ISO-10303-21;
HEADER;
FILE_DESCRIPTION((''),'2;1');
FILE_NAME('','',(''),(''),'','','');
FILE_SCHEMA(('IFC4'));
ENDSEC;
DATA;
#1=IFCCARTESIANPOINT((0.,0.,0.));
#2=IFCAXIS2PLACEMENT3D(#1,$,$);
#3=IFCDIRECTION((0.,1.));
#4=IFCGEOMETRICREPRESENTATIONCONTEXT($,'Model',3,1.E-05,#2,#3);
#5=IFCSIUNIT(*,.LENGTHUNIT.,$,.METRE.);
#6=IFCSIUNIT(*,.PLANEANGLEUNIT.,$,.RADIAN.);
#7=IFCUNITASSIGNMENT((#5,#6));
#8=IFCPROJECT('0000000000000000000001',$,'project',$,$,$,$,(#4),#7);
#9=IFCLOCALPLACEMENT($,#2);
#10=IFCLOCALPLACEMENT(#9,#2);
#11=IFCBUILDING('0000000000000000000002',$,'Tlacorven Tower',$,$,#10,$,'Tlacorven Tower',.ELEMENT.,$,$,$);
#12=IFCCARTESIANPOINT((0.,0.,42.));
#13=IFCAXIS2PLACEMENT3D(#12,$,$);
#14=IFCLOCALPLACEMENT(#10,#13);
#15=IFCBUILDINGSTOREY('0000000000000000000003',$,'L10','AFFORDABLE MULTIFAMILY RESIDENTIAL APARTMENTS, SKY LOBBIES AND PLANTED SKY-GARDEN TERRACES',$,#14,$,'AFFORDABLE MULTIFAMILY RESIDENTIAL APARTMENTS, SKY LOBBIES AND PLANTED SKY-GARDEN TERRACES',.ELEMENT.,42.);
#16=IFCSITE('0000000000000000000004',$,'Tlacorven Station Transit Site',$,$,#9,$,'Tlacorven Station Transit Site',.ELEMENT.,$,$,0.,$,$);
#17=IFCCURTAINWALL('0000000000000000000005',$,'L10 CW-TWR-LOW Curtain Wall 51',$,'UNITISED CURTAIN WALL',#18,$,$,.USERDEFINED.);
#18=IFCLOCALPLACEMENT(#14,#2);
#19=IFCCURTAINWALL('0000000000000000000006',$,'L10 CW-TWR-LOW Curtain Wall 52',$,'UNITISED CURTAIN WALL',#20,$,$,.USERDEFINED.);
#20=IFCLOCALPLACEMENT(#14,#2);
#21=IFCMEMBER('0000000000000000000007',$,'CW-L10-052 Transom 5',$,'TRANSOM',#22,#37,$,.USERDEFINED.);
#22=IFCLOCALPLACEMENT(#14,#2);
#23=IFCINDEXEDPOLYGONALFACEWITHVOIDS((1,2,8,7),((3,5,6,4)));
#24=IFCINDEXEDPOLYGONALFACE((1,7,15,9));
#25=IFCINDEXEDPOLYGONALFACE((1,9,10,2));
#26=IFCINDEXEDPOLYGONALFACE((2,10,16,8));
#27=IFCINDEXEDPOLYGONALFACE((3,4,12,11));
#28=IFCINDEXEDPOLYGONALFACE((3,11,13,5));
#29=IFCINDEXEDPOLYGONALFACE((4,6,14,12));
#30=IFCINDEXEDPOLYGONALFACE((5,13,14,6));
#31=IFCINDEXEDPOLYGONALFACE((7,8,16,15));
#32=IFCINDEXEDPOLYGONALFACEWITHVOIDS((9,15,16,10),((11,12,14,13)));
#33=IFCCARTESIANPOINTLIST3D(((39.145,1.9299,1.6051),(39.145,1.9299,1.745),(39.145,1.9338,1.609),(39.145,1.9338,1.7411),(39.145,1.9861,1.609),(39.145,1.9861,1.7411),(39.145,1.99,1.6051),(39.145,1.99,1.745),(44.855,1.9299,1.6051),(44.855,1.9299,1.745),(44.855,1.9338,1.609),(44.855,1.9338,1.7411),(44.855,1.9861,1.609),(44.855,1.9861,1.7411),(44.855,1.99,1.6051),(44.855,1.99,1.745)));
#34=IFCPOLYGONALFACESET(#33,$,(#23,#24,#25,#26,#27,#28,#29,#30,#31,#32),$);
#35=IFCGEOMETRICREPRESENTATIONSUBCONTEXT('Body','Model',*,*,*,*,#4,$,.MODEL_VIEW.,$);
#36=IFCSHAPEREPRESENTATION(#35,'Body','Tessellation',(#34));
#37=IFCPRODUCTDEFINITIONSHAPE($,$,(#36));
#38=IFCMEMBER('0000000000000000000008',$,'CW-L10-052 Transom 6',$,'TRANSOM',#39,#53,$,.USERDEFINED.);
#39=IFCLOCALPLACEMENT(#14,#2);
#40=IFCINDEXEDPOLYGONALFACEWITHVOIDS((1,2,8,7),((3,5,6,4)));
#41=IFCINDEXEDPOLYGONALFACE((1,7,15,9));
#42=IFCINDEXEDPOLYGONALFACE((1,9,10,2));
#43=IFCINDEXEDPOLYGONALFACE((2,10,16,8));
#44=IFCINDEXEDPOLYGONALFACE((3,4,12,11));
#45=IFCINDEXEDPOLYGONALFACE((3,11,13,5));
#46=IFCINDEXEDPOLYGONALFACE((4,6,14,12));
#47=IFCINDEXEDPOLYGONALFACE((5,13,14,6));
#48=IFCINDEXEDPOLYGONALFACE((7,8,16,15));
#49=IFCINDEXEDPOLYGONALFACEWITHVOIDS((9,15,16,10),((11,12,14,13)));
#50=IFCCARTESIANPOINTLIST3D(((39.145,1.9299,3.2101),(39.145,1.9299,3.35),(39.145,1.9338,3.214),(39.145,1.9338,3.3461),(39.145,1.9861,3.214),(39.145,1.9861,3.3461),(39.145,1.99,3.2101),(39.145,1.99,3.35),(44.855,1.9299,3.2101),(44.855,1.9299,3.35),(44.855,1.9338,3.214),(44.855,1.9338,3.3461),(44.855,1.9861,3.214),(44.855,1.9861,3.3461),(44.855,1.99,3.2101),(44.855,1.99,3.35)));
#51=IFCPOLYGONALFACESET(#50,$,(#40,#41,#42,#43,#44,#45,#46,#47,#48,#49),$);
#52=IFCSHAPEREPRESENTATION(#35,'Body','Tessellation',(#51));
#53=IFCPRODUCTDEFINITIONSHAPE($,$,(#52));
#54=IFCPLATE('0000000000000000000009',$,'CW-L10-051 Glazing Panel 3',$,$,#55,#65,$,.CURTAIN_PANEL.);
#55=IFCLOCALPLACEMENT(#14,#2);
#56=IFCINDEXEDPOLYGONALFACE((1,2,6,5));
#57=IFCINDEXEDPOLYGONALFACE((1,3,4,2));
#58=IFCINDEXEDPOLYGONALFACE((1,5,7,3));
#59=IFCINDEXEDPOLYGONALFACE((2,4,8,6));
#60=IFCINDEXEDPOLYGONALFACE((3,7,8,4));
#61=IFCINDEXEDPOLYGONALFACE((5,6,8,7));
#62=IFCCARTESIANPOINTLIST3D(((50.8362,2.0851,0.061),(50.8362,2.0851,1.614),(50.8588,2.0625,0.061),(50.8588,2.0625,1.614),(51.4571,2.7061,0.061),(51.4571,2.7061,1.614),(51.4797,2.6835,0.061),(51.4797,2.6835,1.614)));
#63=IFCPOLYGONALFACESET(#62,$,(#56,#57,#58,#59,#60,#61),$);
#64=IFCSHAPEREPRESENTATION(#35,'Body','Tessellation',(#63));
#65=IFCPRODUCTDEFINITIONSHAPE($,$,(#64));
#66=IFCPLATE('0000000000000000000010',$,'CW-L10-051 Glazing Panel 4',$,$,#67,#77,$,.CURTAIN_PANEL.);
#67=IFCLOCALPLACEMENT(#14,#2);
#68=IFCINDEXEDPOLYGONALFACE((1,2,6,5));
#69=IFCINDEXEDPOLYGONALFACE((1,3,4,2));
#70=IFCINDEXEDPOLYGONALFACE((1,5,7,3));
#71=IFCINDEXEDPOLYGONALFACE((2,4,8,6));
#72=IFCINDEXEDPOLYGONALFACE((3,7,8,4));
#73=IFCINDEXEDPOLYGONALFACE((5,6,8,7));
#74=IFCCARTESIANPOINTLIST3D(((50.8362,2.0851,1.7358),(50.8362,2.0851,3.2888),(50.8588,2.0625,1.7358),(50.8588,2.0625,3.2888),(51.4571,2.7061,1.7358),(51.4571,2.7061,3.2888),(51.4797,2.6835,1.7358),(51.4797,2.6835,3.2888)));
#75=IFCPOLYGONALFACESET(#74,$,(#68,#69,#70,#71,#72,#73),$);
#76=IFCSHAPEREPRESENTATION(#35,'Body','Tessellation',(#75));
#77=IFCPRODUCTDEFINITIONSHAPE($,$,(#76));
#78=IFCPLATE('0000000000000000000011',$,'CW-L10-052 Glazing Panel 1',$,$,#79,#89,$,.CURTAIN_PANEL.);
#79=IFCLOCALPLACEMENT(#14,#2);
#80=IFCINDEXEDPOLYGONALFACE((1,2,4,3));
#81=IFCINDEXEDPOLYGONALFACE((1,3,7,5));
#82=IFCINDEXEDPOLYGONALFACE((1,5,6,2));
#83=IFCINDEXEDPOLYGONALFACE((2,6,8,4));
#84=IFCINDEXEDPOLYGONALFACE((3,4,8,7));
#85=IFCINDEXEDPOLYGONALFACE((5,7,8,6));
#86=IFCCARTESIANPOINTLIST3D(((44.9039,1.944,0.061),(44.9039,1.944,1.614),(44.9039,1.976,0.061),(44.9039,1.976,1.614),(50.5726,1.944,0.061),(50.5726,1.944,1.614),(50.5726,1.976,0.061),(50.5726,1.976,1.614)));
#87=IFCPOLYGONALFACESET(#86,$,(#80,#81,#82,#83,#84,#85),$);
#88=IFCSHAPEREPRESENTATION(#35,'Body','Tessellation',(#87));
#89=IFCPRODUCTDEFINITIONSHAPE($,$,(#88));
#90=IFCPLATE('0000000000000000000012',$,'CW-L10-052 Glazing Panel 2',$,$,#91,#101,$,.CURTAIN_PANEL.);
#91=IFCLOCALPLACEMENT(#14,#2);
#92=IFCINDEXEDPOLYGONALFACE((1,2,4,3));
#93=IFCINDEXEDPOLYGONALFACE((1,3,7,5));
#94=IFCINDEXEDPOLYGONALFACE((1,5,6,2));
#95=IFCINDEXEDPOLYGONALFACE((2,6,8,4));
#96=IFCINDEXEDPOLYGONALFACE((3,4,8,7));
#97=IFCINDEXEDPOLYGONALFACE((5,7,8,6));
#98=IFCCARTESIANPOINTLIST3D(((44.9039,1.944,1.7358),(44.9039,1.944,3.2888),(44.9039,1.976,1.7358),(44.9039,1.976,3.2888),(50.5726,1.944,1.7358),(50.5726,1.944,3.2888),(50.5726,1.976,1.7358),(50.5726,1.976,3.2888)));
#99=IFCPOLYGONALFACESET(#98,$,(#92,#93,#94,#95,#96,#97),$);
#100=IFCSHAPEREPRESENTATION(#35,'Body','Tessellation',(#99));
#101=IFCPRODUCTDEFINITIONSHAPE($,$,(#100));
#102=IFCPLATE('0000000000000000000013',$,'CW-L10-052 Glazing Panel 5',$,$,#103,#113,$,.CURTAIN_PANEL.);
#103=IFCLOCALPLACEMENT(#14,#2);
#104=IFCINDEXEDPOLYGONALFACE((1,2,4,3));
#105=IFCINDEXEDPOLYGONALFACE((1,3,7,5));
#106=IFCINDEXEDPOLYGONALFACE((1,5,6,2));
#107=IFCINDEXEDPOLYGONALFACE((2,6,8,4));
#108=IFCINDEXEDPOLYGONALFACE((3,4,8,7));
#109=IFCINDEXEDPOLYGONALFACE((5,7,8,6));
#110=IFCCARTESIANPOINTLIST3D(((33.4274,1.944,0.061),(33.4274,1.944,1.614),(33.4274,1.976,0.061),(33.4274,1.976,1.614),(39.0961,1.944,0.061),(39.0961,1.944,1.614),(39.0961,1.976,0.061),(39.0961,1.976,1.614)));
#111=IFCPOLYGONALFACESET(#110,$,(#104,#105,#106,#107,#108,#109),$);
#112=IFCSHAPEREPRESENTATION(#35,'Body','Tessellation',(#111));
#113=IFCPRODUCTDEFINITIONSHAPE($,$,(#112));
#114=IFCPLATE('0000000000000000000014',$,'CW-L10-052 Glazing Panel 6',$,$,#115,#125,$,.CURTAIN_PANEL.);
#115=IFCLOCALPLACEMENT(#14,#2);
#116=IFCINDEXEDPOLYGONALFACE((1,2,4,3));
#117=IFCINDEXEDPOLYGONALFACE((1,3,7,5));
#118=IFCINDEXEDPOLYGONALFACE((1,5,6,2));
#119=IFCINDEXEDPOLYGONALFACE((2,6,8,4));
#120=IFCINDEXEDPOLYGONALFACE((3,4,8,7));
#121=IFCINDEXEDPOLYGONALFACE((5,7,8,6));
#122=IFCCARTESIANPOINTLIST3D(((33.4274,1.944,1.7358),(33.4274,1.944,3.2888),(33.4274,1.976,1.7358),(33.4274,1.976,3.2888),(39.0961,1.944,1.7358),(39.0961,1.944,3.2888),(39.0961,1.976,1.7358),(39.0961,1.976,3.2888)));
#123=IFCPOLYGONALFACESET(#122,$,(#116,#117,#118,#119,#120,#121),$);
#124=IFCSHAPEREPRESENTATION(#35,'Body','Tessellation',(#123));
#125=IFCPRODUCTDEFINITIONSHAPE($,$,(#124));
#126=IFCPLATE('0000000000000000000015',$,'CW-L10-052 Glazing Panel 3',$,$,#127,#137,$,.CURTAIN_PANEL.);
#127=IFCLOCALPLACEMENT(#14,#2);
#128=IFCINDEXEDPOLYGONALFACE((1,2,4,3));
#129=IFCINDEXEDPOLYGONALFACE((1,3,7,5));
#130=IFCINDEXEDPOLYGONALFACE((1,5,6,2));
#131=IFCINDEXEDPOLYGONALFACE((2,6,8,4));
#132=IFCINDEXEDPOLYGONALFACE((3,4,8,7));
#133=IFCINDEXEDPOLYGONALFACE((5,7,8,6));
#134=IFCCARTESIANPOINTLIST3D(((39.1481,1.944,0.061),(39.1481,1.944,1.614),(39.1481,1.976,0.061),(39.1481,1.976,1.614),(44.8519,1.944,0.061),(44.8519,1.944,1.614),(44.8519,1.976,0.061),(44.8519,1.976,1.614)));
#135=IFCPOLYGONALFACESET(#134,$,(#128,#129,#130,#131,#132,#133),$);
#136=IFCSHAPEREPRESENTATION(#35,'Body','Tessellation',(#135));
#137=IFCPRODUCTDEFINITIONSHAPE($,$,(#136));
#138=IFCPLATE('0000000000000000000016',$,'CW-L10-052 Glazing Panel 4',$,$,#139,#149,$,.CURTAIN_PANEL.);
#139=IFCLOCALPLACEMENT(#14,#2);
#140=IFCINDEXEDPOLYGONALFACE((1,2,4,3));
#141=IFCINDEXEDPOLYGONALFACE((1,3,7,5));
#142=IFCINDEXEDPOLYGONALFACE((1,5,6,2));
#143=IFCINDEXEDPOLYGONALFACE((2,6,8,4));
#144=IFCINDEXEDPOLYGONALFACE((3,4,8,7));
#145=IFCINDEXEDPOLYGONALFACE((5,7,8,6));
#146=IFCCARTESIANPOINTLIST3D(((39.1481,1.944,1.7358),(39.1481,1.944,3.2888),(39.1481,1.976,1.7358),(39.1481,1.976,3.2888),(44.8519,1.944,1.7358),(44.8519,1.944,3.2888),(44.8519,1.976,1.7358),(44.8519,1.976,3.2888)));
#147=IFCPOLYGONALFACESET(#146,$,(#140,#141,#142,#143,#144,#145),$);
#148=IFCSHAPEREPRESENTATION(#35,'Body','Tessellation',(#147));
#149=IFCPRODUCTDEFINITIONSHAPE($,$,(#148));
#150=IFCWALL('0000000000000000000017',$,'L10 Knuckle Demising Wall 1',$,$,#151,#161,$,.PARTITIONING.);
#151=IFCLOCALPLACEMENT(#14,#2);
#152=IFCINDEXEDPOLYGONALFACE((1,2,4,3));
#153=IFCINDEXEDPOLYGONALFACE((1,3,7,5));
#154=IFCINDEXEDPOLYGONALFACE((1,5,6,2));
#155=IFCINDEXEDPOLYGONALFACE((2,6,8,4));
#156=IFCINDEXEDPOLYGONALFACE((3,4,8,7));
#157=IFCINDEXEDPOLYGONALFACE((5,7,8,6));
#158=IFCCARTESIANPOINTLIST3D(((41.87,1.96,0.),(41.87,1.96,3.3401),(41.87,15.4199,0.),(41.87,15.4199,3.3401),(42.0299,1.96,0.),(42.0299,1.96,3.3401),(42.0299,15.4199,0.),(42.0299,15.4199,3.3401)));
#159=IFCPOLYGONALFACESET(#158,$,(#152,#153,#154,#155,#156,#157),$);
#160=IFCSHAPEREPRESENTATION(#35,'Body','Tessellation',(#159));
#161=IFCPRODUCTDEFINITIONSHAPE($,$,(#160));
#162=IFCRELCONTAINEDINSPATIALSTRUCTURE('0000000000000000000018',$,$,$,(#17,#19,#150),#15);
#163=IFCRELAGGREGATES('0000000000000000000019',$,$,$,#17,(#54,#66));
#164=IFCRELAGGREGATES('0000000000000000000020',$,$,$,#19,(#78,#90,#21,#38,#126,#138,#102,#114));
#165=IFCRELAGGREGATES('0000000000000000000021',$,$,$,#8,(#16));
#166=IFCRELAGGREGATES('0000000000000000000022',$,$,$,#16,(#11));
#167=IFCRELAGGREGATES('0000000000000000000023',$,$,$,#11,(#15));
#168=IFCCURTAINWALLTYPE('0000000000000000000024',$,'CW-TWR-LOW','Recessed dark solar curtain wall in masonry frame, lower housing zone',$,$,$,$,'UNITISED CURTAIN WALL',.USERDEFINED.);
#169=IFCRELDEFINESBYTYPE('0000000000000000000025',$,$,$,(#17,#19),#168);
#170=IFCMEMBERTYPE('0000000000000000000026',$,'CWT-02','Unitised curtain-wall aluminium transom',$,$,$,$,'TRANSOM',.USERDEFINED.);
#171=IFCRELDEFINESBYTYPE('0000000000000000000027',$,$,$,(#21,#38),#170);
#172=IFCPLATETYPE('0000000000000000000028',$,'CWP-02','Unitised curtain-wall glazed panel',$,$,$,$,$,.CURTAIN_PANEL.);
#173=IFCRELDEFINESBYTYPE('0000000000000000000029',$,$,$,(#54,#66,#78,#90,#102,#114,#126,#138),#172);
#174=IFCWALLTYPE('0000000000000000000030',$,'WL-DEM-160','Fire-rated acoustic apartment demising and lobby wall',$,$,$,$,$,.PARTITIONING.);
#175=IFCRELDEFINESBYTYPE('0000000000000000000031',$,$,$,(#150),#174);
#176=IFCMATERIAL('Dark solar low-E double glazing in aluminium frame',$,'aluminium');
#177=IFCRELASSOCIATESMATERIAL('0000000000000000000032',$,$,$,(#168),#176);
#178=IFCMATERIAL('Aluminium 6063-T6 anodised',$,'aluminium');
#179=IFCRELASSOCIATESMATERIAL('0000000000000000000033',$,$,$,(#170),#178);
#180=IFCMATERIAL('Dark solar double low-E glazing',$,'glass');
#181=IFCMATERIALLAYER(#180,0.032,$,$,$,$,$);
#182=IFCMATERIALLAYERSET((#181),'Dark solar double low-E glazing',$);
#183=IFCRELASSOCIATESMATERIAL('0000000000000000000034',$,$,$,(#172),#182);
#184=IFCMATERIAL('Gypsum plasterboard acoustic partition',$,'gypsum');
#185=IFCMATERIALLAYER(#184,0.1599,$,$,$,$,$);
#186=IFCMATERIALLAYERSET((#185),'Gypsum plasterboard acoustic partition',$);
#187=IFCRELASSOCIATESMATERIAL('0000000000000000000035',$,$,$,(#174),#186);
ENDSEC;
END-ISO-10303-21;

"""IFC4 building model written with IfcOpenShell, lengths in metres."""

from ifc_helpers import new_model, si_unit, direction, frame, frame_2d, origin, origin_2d, place, context, subcontext, project, spatial, rectangle, hollow_rectangle, extrude, source, transform, mapped, material, layer, layer_set, material_profile, profile_set, type_object, element, aggregate, save


model = new_model("IFC4")

# Units and contexts
model_context = context("Model", 3, precision=1e-05, world=origin(), true_north=direction((0.0, 1.0)))
body_context = subcontext(model_context, "Body", "Model", "MODEL_VIEW")
ifc_project = project(units=[si_unit("LENGTHUNIT", "METRE"), si_unit("PLANEANGLEUNIT", "RADIAN")], contexts=[model_context])

# Site, building, storey
site_placement = place(None, origin())
site = spatial("IfcSite", under=ifc_project, at=site_placement, Name="Tlacorven Station Transit Site", LongName="Tlacorven Station Transit Site", CompositionType="ELEMENT", RefElevation=0.0)
building_placement = place(site_placement, origin())
building = spatial("IfcBuilding", under=site, at=building_placement, Name="Tlacorven Tower", LongName="Tlacorven Tower", CompositionType="ELEMENT")
storey_placement = place(building_placement, frame((0.0, 0.0, 42.0)))
storey = spatial("IfcBuildingStorey", under=building, at=storey_placement, Name="L10", Description="AFFORDABLE MULTIFAMILY RESIDENTIAL APARTMENTS, SKY LOBBIES AND PLANTED SKY-GARDEN TERRACES", LongName="AFFORDABLE MULTIFAMILY RESIDENTIAL APARTMENTS, SKY LOBBIES AND PLANTED SKY-GARDEN TERRACES", CompositionType="ELEMENT", Elevation=42.0)

# Curtain wall
ifc_material_1 = material(Name="Dark solar low-E double glazing in aluminium frame", Category="aluminium")
curtain_wall_type = type_object("IfcCurtainWallType", Name="CW-TWR-LOW", Description="Recessed dark solar curtain wall in masonry frame, lower housing zone", ElementType="UNITISED CURTAIN WALL", PredefinedType="USERDEFINED", material=ifc_material_1)
curtain_wall_1_placement = place(storey_placement, origin())
curtain_wall_1 = element("IfcCurtainWall", 1, at=curtain_wall_1_placement, inside=storey, type_object=curtain_wall_type, Name="L10 CW-TWR-LOW Curtain Wall 51", ObjectType="UNITISED CURTAIN WALL", PredefinedType="USERDEFINED")
ifc_material_2 = material(Name="Aluminium 6063-T6 anodised", Category="aluminium")

# Curtain wall, members
curtain_wall_2_placement = place(storey_placement, origin())
curtain_wall_2 = element("IfcCurtainWall", 2, at=curtain_wall_2_placement, inside=storey, type_object=curtain_wall_type, Name="L10 CW-TWR-LOW Curtain Wall 52", ObjectType="UNITISED CURTAIN WALL", PredefinedType="USERDEFINED")
ifc_material_profile_1 = material_profile(ifc_material_2, hollow_rectangle(XDim=0.0601, YDim=0.1399, WallThickness=0.0039, at=origin_2d()), Name="ALU TRANSOM 60X140")
ifc_profile_set_1 = profile_set([ifc_material_profile_1], Name="Aluminium 6063-T6 anodised")
member_type_1 = type_object("IfcMemberType", Name="CWT-02", Description="Unitised curtain-wall aluminium transom", ElementType="TRANSOM", PredefinedType="USERDEFINED", material=ifc_profile_set_1)
shared_shape_1 = source(origin(), body_context, "Body", "SweptSolid", [
    extrude(hollow_rectangle(XDim=0.0601, YDim=0.1399, WallThickness=0.0039, at=origin_2d()), origin(), (0.0, 0.0, 1.0), 5.71),
])
member_1_placement = place(storey_placement, frame((44.855, 1.96, 1.675), z_axis=(-1.0, 0.0, 0.0), x_axis=(0.0, -1.0, 0.0)))
member_1 = element("IfcMember", 3, at=member_1_placement, type_object=member_type_1, Name="CW-L10-052 Transom 5", ObjectType="TRANSOM", PredefinedType="USERDEFINED", context=body_context, shape_type="MappedRepresentation", body=[
    mapped(shared_shape_1, transform((0.0, 0.0, 0.0), scale=1.0)),
])
member_2_placement = place(storey_placement, frame((44.855, 1.96, 3.28), z_axis=(-1.0, 0.0, 0.0), x_axis=(0.0, -1.0, 0.0)))
member_2 = element("IfcMember", 4, at=member_2_placement, type_object=member_type_1, Name="CW-L10-052 Transom 6", ObjectType="TRANSOM", PredefinedType="USERDEFINED", context=body_context, shape_type="MappedRepresentation", body=[
    mapped(shared_shape_1, transform((0.0, 0.0, 0.0), scale=1.0)),
])

# Plates
ifc_material_3 = material(Name="Dark solar double low-E glazing", Category="glass")
ifc_layer_1 = layer(ifc_material_3, 0.032)
ifc_layer_set_1 = layer_set([ifc_layer_1], Name="Dark solar double low-E glazing")
plate_type = type_object("IfcPlateType", Name="CWP-02", Description="Unitised curtain-wall glazed panel", PredefinedType="CURTAIN_PANEL", material=ifc_layer_set_1)
shared_shape_2 = source(origin(), body_context, "Body", "SweptSolid", [
    extrude(rectangle(XDim=0.8782, YDim=0.032, at=origin_2d()), origin(), (0.0, 0.0, 1.0), 1.553),
])
plate_1_placement = place(storey_placement, frame((51.158, 2.3843, 0.061), z_axis=(0.0, 0.0, 1.0), x_axis=(-0.707107, -0.707107, 0.0)))
plate_1 = element("IfcPlate", 5, at=plate_1_placement, type_object=plate_type, Name="CW-L10-051 Glazing Panel 3", PredefinedType="CURTAIN_PANEL", context=body_context, shape_type="MappedRepresentation", body=[
    mapped(shared_shape_2, transform((0.0, 0.0, 0.0), scale=1.0)),
])
plate_2_placement = place(storey_placement, frame((51.158, 2.3843, 1.7358), z_axis=(0.0, 0.0, 1.0), x_axis=(-0.707107, -0.707107, 0.0)))
plate_2 = element("IfcPlate", 6, at=plate_2_placement, type_object=plate_type, Name="CW-L10-051 Glazing Panel 4", PredefinedType="CURTAIN_PANEL", context=body_context, shape_type="MappedRepresentation", body=[
    mapped(shared_shape_2, transform((0.0, 0.0, 0.0), scale=1.0)),
])
aggregate(curtain_wall_1, [plate_1, plate_2])
shared_shape_3 = source(origin(), body_context, "Body", "SweptSolid", [
    extrude(rectangle(XDim=5.6687, YDim=0.032, at=origin_2d()), origin(), (0.0, 0.0, 1.0), 1.553),
])
plate_3_placement = place(storey_placement, frame((47.7383, 1.96, 0.061), z_axis=(0.0, 0.0, 1.0), x_axis=(-1.0, 0.0, 0.0)))
plate_3 = element("IfcPlate", 7, at=plate_3_placement, type_object=plate_type, Name="CW-L10-052 Glazing Panel 1", PredefinedType="CURTAIN_PANEL", context=body_context, shape_type="MappedRepresentation", body=[
    mapped(shared_shape_3, transform((0.0, 0.0, 0.0), scale=1.0)),
])
plate_4_placement = place(storey_placement, frame((47.7383, 1.96, 1.7358), z_axis=(0.0, 0.0, 1.0), x_axis=(-1.0, 0.0, 0.0)))
plate_4 = element("IfcPlate", 8, at=plate_4_placement, type_object=plate_type, Name="CW-L10-052 Glazing Panel 2", PredefinedType="CURTAIN_PANEL", context=body_context, shape_type="MappedRepresentation", body=[
    mapped(shared_shape_3, transform((0.0, 0.0, 0.0), scale=1.0)),
])
plate_5_placement = place(storey_placement, frame((36.2617, 1.96, 0.061), z_axis=(0.0, 0.0, 1.0), x_axis=(-1.0, 0.0, 0.0)))
plate_5 = element("IfcPlate", 9, at=plate_5_placement, type_object=plate_type, Name="CW-L10-052 Glazing Panel 5", PredefinedType="CURTAIN_PANEL", context=body_context, shape_type="MappedRepresentation", body=[
    mapped(shared_shape_3, transform((0.0, 0.0, 0.0), scale=1.0)),
])
plate_6_placement = place(storey_placement, frame((36.2617, 1.96, 1.7358), z_axis=(0.0, 0.0, 1.0), x_axis=(-1.0, 0.0, 0.0)))
plate_6 = element("IfcPlate", 10, at=plate_6_placement, type_object=plate_type, Name="CW-L10-052 Glazing Panel 6", PredefinedType="CURTAIN_PANEL", context=body_context, shape_type="MappedRepresentation", body=[
    mapped(shared_shape_3, transform((0.0, 0.0, 0.0), scale=1.0)),
])
shared_shape_4 = source(origin(), body_context, "Body", "SweptSolid", [
    extrude(rectangle(XDim=5.7039, YDim=0.032, at=origin_2d()), origin(), (0.0, 0.0, 1.0), 1.553),
])
plate_7_placement = place(storey_placement, frame((42.0, 1.96, 0.061), z_axis=(0.0, 0.0, 1.0), x_axis=(-1.0, 0.0, 0.0)))
plate_7 = element("IfcPlate", 11, at=plate_7_placement, type_object=plate_type, Name="CW-L10-052 Glazing Panel 3", PredefinedType="CURTAIN_PANEL", context=body_context, shape_type="MappedRepresentation", body=[
    mapped(shared_shape_4, transform((0.0, 0.0, 0.0), scale=1.0)),
])
plate_8_placement = place(storey_placement, frame((42.0, 1.96, 1.7358), z_axis=(0.0, 0.0, 1.0), x_axis=(-1.0, 0.0, 0.0)))
plate_8 = element("IfcPlate", 12, at=plate_8_placement, type_object=plate_type, Name="CW-L10-052 Glazing Panel 4", PredefinedType="CURTAIN_PANEL", context=body_context, shape_type="MappedRepresentation", body=[
    mapped(shared_shape_4, transform((0.0, 0.0, 0.0), scale=1.0)),
])
aggregate(curtain_wall_2, [plate_3, plate_4, member_1, member_2, plate_7, plate_8, plate_5, plate_6])

# Wall
ifc_material_4 = material(Name="Gypsum plasterboard acoustic partition", Category="gypsum")
ifc_layer_2 = layer(ifc_material_4, 0.1599)
ifc_layer_set_2 = layer_set([ifc_layer_2], Name="Gypsum plasterboard acoustic partition")
wall_type_1 = type_object("IfcWallType", Name="WL-DEM-160", Description="Fire-rated acoustic apartment demising and lobby wall", PredefinedType="PARTITIONING", material=ifc_layer_set_2)
wall_1_placement = place(storey_placement, frame((41.95, 1.96, 0.0), z_axis=(0.0, 0.0, 1.0), x_axis=(0.0, 1.0, 0.0)))
element("IfcWall", 13, at=wall_1_placement, inside=storey, type_object=wall_type_1, Name="L10 Knuckle Demising Wall 1", PredefinedType="PARTITIONING", context=body_context, shape_type="SweptSolid", body=[
    extrude(rectangle(XDim=13.46, YDim=0.1599, at=frame_2d((6.73, 0.0))), origin(), (0.0, 0.0, 1.0), 3.3401),
])

save(model, "model.ifc")
